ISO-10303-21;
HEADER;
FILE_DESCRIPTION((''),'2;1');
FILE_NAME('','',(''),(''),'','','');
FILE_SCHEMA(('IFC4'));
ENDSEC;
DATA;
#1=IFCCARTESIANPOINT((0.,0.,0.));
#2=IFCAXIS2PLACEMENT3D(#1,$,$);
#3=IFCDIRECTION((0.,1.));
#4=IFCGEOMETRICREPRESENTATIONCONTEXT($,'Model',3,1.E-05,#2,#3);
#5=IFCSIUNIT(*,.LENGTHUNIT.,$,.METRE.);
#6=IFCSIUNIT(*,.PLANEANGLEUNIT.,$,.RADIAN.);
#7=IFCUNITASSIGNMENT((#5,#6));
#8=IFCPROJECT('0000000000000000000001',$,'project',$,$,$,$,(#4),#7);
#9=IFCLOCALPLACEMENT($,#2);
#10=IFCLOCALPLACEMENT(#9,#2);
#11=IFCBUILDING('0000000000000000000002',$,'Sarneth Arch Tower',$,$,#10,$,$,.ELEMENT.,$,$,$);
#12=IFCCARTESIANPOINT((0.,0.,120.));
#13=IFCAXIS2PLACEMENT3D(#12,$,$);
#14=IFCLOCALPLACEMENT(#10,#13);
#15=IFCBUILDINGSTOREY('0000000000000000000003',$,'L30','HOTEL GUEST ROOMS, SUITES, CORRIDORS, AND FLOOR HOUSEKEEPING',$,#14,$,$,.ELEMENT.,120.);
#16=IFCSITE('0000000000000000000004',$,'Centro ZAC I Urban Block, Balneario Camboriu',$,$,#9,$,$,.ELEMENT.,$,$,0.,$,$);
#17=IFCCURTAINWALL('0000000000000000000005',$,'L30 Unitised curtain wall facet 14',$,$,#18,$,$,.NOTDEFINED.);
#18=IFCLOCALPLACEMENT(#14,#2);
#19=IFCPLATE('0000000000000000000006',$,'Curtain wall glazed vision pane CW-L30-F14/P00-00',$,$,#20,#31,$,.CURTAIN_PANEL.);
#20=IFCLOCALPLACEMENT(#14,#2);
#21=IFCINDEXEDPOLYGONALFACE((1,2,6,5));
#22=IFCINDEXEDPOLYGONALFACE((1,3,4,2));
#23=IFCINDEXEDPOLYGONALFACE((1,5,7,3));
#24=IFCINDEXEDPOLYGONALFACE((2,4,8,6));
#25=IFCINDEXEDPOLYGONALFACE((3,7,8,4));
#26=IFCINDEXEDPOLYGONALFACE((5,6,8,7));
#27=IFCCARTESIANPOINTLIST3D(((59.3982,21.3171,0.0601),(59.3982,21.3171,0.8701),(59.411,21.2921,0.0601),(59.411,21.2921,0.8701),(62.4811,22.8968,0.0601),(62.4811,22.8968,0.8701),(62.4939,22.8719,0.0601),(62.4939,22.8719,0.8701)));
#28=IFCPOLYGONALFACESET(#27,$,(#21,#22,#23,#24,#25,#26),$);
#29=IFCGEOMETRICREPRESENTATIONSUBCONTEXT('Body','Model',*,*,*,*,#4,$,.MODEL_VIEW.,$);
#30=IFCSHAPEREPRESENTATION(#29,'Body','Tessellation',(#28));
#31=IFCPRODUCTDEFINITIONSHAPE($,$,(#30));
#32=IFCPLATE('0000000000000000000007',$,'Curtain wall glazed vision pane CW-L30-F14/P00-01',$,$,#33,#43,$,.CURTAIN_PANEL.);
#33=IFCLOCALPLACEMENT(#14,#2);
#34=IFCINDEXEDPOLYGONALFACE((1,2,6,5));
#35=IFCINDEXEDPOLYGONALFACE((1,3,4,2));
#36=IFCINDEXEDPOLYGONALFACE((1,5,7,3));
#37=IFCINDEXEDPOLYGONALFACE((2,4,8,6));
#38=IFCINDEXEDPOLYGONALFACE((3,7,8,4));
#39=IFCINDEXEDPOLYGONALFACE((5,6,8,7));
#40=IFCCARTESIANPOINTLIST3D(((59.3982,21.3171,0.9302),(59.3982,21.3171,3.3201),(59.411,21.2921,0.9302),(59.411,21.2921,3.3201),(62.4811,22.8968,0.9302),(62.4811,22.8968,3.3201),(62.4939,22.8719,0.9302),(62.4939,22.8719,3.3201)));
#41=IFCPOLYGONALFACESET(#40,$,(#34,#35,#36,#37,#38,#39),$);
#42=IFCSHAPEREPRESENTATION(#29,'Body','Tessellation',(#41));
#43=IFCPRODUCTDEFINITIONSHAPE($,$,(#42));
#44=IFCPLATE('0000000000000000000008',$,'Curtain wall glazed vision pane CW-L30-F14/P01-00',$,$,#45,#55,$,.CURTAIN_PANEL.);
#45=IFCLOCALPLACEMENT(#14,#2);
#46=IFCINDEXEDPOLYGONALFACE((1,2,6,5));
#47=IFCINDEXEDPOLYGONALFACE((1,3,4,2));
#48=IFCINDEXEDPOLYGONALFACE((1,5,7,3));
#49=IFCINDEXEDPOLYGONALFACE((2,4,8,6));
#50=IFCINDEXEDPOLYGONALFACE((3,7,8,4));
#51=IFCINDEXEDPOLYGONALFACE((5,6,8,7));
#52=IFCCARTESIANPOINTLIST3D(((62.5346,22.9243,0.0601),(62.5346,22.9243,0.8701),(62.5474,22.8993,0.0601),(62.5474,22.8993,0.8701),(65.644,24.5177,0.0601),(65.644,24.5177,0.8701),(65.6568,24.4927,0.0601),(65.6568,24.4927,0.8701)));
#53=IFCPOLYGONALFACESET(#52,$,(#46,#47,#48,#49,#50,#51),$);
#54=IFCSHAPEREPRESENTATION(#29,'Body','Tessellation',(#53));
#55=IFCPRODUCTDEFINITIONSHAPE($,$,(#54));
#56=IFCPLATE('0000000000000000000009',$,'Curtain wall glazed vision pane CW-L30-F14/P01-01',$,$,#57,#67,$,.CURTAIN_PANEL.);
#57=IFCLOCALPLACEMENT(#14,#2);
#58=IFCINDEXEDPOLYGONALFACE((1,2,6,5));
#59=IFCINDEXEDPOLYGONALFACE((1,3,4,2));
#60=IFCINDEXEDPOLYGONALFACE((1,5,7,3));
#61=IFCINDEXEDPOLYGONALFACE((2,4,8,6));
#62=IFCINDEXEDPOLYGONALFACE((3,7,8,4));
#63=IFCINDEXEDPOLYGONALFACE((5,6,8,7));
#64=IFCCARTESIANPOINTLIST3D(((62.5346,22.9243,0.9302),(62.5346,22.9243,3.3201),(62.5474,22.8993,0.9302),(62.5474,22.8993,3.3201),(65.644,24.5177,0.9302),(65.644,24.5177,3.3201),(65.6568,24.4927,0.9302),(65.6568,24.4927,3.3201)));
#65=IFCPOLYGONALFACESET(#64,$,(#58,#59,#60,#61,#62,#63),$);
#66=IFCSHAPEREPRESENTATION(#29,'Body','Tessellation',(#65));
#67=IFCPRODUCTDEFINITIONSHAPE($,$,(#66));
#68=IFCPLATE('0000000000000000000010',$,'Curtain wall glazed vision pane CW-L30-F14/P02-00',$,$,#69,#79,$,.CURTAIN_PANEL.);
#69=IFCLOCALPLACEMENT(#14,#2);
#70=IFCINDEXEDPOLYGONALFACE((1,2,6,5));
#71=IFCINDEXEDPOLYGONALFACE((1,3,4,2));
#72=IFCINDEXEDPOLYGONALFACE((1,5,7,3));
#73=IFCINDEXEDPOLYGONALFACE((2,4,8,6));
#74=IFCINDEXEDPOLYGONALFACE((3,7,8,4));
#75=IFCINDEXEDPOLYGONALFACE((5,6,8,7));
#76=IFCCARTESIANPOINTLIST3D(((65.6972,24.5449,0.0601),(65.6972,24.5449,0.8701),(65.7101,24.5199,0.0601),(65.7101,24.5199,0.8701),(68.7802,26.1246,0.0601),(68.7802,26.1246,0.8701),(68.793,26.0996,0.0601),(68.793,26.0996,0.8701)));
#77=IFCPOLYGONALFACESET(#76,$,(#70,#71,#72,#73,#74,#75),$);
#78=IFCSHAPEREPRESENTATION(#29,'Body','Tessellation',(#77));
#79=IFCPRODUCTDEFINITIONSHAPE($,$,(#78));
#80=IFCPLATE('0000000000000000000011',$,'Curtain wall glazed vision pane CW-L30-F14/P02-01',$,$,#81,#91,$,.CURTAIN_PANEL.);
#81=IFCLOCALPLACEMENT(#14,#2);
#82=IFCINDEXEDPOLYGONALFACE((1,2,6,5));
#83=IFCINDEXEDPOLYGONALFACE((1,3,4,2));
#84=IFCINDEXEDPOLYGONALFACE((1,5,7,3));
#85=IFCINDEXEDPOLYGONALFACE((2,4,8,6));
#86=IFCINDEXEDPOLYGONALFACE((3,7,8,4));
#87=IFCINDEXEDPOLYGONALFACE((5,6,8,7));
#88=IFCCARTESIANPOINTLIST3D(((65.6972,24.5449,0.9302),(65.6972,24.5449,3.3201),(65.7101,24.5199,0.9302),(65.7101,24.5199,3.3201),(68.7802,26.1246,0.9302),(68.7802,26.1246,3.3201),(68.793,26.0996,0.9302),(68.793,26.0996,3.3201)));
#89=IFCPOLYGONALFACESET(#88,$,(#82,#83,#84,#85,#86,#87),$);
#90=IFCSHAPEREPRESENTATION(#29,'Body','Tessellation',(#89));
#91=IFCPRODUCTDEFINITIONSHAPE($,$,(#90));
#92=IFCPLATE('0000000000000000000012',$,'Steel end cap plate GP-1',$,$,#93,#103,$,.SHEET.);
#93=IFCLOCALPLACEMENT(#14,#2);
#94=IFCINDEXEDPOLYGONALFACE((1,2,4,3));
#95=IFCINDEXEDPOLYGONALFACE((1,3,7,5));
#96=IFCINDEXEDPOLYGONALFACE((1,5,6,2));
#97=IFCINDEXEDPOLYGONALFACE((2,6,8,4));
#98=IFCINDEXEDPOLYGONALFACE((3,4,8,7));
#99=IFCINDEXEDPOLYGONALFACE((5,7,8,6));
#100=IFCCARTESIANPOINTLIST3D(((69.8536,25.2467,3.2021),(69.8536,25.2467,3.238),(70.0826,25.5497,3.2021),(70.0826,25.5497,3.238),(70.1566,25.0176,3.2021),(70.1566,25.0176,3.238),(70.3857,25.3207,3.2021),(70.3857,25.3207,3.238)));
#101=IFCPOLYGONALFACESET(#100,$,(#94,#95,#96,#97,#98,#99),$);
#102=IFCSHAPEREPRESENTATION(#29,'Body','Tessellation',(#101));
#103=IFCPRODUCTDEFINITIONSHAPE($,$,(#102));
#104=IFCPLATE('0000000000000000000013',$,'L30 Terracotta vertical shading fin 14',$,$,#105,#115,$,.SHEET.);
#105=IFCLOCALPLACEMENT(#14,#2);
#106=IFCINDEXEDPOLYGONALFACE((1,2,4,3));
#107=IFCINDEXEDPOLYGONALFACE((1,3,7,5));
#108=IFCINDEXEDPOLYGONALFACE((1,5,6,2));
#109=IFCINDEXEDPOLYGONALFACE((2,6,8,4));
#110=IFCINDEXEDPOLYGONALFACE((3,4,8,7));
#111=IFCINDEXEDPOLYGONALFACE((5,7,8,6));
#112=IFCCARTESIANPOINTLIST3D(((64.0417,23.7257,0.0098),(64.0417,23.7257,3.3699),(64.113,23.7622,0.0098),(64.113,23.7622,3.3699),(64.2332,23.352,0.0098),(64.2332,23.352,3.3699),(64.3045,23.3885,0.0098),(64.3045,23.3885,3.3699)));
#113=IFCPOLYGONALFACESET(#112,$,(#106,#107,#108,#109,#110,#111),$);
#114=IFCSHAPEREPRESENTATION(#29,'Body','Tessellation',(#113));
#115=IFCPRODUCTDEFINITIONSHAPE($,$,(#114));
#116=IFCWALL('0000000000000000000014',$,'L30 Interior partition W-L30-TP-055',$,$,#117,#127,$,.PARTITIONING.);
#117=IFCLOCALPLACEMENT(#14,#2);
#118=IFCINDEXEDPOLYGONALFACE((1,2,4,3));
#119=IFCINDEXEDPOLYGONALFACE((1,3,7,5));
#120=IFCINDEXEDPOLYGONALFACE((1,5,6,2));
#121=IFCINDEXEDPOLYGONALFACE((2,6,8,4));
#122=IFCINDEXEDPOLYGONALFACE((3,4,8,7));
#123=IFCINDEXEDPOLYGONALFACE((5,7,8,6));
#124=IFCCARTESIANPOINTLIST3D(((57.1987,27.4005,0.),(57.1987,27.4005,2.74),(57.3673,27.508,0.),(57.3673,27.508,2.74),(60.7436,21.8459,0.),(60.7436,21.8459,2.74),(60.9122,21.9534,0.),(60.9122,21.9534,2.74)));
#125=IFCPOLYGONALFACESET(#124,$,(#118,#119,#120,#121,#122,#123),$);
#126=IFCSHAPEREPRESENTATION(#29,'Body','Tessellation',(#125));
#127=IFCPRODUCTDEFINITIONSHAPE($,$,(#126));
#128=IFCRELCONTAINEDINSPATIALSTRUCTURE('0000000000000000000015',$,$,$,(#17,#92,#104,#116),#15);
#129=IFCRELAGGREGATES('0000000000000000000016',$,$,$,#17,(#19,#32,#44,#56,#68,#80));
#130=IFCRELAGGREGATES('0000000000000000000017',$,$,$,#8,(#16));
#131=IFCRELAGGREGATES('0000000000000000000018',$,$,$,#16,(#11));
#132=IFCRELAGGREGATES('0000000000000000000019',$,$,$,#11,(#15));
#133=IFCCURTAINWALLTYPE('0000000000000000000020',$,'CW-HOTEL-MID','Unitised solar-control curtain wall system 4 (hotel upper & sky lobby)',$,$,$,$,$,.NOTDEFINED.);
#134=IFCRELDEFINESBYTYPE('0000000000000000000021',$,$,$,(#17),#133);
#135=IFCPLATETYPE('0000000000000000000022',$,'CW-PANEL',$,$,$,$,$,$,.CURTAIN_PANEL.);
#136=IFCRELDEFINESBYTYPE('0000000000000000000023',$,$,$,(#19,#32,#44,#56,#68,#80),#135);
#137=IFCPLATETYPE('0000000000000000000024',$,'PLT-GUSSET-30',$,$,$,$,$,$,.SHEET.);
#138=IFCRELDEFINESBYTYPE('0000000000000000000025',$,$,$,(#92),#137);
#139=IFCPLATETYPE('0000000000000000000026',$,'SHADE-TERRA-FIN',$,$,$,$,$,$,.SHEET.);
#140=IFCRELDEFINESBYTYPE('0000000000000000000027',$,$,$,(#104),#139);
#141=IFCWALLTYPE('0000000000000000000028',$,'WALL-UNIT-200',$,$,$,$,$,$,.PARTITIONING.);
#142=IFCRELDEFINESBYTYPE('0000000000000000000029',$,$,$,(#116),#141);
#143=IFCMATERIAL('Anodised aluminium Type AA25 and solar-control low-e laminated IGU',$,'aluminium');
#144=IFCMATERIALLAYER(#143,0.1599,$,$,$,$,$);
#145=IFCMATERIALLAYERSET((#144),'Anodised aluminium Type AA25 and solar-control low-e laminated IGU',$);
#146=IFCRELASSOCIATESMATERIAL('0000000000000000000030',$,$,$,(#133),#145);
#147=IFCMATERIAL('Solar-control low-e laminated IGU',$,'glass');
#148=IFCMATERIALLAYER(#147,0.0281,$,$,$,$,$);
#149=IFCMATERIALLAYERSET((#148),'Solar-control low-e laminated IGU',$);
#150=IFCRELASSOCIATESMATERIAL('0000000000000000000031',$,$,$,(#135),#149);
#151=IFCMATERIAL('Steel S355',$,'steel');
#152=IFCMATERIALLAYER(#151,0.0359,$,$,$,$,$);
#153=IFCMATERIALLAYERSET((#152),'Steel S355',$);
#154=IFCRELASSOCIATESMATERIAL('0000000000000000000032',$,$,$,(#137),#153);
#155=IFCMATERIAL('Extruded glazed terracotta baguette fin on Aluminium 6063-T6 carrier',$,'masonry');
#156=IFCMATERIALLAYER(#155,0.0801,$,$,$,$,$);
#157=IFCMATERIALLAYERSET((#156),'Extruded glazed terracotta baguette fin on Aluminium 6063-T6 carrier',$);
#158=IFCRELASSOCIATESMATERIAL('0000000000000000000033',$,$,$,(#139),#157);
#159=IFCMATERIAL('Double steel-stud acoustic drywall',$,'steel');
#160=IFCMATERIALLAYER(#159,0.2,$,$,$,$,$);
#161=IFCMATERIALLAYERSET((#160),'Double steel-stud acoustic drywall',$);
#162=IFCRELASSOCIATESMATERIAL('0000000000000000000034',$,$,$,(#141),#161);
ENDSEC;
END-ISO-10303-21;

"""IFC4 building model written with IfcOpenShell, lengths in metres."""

from ifc_helpers import new_model, si_unit, direction, frame, frame_2d, origin, origin_2d, place, context, subcontext, project, spatial, rectangle, extrude, material, layer, layer_set, type_object, element, aggregate, save


model = new_model("IFC4")

# Units and contexts
model_context = context("Model", 3, precision=1e-05, world=origin(), true_north=direction((0.0, 1.0)))
body_context = subcontext(model_context, "Body", "Model", "MODEL_VIEW")
ifc_project = project(units=[si_unit("LENGTHUNIT", "METRE"), si_unit("PLANEANGLEUNIT", "RADIAN")], contexts=[model_context])

# Site, building, storey
site_placement = place(None, origin())
site = spatial("IfcSite", under=ifc_project, at=site_placement, Name="Centro ZAC I Urban Block, Balneario Camboriu", CompositionType="ELEMENT", RefElevation=0.0)
building_placement = place(site_placement, origin())
building = spatial("IfcBuilding", under=site, at=building_placement, Name="Sarneth Arch Tower", CompositionType="ELEMENT")
storey_placement = place(building_placement, frame((0.0, 0.0, 120.0)))
storey = spatial("IfcBuildingStorey", under=building, at=storey_placement, Name="L30", Description="HOTEL GUEST ROOMS, SUITES, CORRIDORS, AND FLOOR HOUSEKEEPING", CompositionType="ELEMENT", Elevation=120.0)

# Curtain wall, plates
ifc_material_1 = material(Name="Anodised aluminium Type AA25 and solar-control low-e laminated IGU", Category="aluminium")
ifc_layer_1 = layer(ifc_material_1, 0.1599)
ifc_layer_set_1 = layer_set([ifc_layer_1], Name="Anodised aluminium Type AA25 and solar-control low-e laminated IGU")
curtain_wall_type = type_object("IfcCurtainWallType", Name="CW-HOTEL-MID", Description="Unitised solar-control curtain wall system 4 (hotel upper & sky lobby)", PredefinedType="NOTDEFINED", material=ifc_layer_set_1)
curtain_wall_placement = place(storey_placement, origin())
curtain_wall = element("IfcCurtainWall", 1, at=curtain_wall_placement, inside=storey, type_object=curtain_wall_type, Name="L30 Unitised curtain wall facet 14", PredefinedType="NOTDEFINED")
ifc_material_2 = material(Name="Solar-control low-e laminated IGU", Category="glass")
ifc_layer_2 = layer(ifc_material_2, 0.0281)
ifc_layer_set_2 = layer_set([ifc_layer_2], Name="Solar-control low-e laminated IGU")
plate_type_1 = type_object("IfcPlateType", Name="CW-PANEL", PredefinedType="CURTAIN_PANEL", material=ifc_layer_set_2)
plate_1_placement = place(storey_placement, frame((60.946, 22.0945, 0.0601), z_axis=(0.0, 0.0, 1.0), x_axis=(0.889964, 0.456031, 0.0)))
plate_1 = element("IfcPlate", 2, at=plate_1_placement, type_object=plate_type_1, Name="Curtain wall glazed vision pane CW-L30-F14/P00-00", PredefinedType="CURTAIN_PANEL", context=body_context, shape_type="SweptSolid", body=[
    extrude(rectangle(XDim=3.4641, YDim=0.0281, at=origin_2d()), origin(), (0.0, 0.0, 1.0), 0.8101),
])
plate_2_placement = place(storey_placement, frame((60.946, 22.0945, 0.9302), z_axis=(0.0, 0.0, 1.0), x_axis=(0.889964, 0.456031, 0.0)))
plate_2 = element("IfcPlate", 3, at=plate_2_placement, type_object=plate_type_1, Name="Curtain wall glazed vision pane CW-L30-F14/P00-01", PredefinedType="CURTAIN_PANEL", context=body_context, shape_type="SweptSolid", body=[
    extrude(rectangle(XDim=3.4641, YDim=0.0281, at=origin_2d()), origin(), (0.0, 0.0, 1.0), 2.3899),
])
plate_3_placement = place(storey_placement, frame((64.0957, 23.7085, 0.0601), z_axis=(0.0, 0.0, 1.0), x_axis=(0.889964, 0.456031, 0.0)))
plate_3 = element("IfcPlate", 4, at=plate_3_placement, type_object=plate_type_1, Name="Curtain wall glazed vision pane CW-L30-F14/P01-00", PredefinedType="CURTAIN_PANEL", context=body_context, shape_type="SweptSolid", body=[
    extrude(rectangle(XDim=3.4939, YDim=0.0281, at=origin_2d()), origin(), (0.0, 0.0, 1.0), 0.8101),
])
plate_4_placement = place(storey_placement, frame((64.0957, 23.7085, 0.9302), z_axis=(0.0, 0.0, 1.0), x_axis=(0.889964, 0.456031, 0.0)))
plate_4 = element("IfcPlate", 5, at=plate_4_placement, type_object=plate_type_1, Name="Curtain wall glazed vision pane CW-L30-F14/P01-01", PredefinedType="CURTAIN_PANEL", context=body_context, shape_type="SweptSolid", body=[
    extrude(rectangle(XDim=3.4939, YDim=0.0281, at=origin_2d()), origin(), (0.0, 0.0, 1.0), 2.3899),
])
plate_5_placement = place(storey_placement, frame((67.2451, 25.3223, 0.0601), z_axis=(0.0, 0.0, 1.0), x_axis=(0.889964, 0.456031, 0.0)))
plate_5 = element("IfcPlate", 6, at=plate_5_placement, type_object=plate_type_1, Name="Curtain wall glazed vision pane CW-L30-F14/P02-00", PredefinedType="CURTAIN_PANEL", context=body_context, shape_type="SweptSolid", body=[
    extrude(rectangle(XDim=3.4641, YDim=0.0281, at=origin_2d()), origin(), (0.0, 0.0, 1.0), 0.8101),
])
plate_6_placement = place(storey_placement, frame((67.2451, 25.3223, 0.9302), z_axis=(0.0, 0.0, 1.0), x_axis=(0.889964, 0.456031, 0.0)))
plate_6 = element("IfcPlate", 7, at=plate_6_placement, type_object=plate_type_1, Name="Curtain wall glazed vision pane CW-L30-F14/P02-01", PredefinedType="CURTAIN_PANEL", context=body_context, shape_type="SweptSolid", body=[
    extrude(rectangle(XDim=3.4641, YDim=0.0281, at=origin_2d()), origin(), (0.0, 0.0, 1.0), 2.3899),
])
aggregate(curtain_wall, [plate_1, plate_2, plate_3, plate_4, plate_5, plate_6])

# Plates
ifc_material_3 = material(Name="Steel S355", Category="steel")
ifc_layer_3 = layer(ifc_material_3, 0.0359)
ifc_layer_set_3 = layer_set([ifc_layer_3], Name="Steel S355")
plate_type_2 = type_object("IfcPlateType", Name="PLT-GUSSET-30", PredefinedType="SHEET", material=ifc_layer_set_3)
plate_7_placement = place(storey_placement, frame((70.1196, 25.2837, 3.2021), z_axis=(0.0, 0.0, 1.0), x_axis=(0.797794, -0.60293, 0.0)))
element("IfcPlate", 8, at=plate_7_placement, inside=storey, type_object=plate_type_2, Name="Steel end cap plate GP-1", PredefinedType="SHEET", context=body_context, shape_type="SweptSolid", body=[
    extrude(rectangle(XDim=0.3799, YDim=0.3799, at=origin_2d()), origin(), (0.0, 0.0, 1.0), 0.0359),
])
ifc_material_4 = material(Name="Extruded glazed terracotta baguette fin on Aluminium 6063-T6 carrier", Category="masonry")
ifc_layer_4 = layer(ifc_material_4, 0.0801)
ifc_layer_set_4 = layer_set([ifc_layer_4], Name="Extruded glazed terracotta baguette fin on Aluminium 6063-T6 carrier")
plate_type_3 = type_object("IfcPlateType", Name="SHADE-TERRA-FIN", PredefinedType="SHEET", material=ifc_layer_set_4)
plate_8_placement = place(storey_placement, frame((64.1731, 23.5571, 0.0098), z_axis=(0.0, 0.0, 1.0), x_axis=(0.456011, -0.889974, 0.0)))
element("IfcPlate", 9, at=plate_8_placement, inside=storey, type_object=plate_type_3, Name="L30 Terracotta vertical shading fin 14", PredefinedType="SHEET", context=body_context, shape_type="SweptSolid", body=[
    extrude(rectangle(XDim=0.4199, YDim=0.0801, at=origin_2d()), origin(), (0.0, 0.0, 1.0), 3.3601),
])

# Wall
ifc_material_5 = material(Name="Double steel-stud acoustic drywall", Category="steel")
ifc_layer_5 = layer(ifc_material_5, 0.2)
ifc_layer_set_5 = layer_set([ifc_layer_5], Name="Double steel-stud acoustic drywall")
wall_type = type_object("IfcWallType", Name="WALL-UNIT-200", PredefinedType="PARTITIONING", material=ifc_layer_set_5)
wall_placement = place(storey_placement, frame((60.8279, 21.8997, 0.0), z_axis=(0.0, 0.0, 1.0), x_axis=(-0.537968, 0.842965, 0.0)))
element("IfcWall", 10, at=wall_placement, inside=storey, type_object=wall_type, Name="L30 Interior partition W-L30-TP-055", PredefinedType="PARTITIONING", context=body_context, shape_type="SweptSolid", body=[
    extrude(rectangle(XDim=6.5894, YDim=0.2, at=frame_2d((3.2947, 0.0))), origin(), (0.0, 0.0, 1.0), 2.74),
])

save(model, "model.ifc")
